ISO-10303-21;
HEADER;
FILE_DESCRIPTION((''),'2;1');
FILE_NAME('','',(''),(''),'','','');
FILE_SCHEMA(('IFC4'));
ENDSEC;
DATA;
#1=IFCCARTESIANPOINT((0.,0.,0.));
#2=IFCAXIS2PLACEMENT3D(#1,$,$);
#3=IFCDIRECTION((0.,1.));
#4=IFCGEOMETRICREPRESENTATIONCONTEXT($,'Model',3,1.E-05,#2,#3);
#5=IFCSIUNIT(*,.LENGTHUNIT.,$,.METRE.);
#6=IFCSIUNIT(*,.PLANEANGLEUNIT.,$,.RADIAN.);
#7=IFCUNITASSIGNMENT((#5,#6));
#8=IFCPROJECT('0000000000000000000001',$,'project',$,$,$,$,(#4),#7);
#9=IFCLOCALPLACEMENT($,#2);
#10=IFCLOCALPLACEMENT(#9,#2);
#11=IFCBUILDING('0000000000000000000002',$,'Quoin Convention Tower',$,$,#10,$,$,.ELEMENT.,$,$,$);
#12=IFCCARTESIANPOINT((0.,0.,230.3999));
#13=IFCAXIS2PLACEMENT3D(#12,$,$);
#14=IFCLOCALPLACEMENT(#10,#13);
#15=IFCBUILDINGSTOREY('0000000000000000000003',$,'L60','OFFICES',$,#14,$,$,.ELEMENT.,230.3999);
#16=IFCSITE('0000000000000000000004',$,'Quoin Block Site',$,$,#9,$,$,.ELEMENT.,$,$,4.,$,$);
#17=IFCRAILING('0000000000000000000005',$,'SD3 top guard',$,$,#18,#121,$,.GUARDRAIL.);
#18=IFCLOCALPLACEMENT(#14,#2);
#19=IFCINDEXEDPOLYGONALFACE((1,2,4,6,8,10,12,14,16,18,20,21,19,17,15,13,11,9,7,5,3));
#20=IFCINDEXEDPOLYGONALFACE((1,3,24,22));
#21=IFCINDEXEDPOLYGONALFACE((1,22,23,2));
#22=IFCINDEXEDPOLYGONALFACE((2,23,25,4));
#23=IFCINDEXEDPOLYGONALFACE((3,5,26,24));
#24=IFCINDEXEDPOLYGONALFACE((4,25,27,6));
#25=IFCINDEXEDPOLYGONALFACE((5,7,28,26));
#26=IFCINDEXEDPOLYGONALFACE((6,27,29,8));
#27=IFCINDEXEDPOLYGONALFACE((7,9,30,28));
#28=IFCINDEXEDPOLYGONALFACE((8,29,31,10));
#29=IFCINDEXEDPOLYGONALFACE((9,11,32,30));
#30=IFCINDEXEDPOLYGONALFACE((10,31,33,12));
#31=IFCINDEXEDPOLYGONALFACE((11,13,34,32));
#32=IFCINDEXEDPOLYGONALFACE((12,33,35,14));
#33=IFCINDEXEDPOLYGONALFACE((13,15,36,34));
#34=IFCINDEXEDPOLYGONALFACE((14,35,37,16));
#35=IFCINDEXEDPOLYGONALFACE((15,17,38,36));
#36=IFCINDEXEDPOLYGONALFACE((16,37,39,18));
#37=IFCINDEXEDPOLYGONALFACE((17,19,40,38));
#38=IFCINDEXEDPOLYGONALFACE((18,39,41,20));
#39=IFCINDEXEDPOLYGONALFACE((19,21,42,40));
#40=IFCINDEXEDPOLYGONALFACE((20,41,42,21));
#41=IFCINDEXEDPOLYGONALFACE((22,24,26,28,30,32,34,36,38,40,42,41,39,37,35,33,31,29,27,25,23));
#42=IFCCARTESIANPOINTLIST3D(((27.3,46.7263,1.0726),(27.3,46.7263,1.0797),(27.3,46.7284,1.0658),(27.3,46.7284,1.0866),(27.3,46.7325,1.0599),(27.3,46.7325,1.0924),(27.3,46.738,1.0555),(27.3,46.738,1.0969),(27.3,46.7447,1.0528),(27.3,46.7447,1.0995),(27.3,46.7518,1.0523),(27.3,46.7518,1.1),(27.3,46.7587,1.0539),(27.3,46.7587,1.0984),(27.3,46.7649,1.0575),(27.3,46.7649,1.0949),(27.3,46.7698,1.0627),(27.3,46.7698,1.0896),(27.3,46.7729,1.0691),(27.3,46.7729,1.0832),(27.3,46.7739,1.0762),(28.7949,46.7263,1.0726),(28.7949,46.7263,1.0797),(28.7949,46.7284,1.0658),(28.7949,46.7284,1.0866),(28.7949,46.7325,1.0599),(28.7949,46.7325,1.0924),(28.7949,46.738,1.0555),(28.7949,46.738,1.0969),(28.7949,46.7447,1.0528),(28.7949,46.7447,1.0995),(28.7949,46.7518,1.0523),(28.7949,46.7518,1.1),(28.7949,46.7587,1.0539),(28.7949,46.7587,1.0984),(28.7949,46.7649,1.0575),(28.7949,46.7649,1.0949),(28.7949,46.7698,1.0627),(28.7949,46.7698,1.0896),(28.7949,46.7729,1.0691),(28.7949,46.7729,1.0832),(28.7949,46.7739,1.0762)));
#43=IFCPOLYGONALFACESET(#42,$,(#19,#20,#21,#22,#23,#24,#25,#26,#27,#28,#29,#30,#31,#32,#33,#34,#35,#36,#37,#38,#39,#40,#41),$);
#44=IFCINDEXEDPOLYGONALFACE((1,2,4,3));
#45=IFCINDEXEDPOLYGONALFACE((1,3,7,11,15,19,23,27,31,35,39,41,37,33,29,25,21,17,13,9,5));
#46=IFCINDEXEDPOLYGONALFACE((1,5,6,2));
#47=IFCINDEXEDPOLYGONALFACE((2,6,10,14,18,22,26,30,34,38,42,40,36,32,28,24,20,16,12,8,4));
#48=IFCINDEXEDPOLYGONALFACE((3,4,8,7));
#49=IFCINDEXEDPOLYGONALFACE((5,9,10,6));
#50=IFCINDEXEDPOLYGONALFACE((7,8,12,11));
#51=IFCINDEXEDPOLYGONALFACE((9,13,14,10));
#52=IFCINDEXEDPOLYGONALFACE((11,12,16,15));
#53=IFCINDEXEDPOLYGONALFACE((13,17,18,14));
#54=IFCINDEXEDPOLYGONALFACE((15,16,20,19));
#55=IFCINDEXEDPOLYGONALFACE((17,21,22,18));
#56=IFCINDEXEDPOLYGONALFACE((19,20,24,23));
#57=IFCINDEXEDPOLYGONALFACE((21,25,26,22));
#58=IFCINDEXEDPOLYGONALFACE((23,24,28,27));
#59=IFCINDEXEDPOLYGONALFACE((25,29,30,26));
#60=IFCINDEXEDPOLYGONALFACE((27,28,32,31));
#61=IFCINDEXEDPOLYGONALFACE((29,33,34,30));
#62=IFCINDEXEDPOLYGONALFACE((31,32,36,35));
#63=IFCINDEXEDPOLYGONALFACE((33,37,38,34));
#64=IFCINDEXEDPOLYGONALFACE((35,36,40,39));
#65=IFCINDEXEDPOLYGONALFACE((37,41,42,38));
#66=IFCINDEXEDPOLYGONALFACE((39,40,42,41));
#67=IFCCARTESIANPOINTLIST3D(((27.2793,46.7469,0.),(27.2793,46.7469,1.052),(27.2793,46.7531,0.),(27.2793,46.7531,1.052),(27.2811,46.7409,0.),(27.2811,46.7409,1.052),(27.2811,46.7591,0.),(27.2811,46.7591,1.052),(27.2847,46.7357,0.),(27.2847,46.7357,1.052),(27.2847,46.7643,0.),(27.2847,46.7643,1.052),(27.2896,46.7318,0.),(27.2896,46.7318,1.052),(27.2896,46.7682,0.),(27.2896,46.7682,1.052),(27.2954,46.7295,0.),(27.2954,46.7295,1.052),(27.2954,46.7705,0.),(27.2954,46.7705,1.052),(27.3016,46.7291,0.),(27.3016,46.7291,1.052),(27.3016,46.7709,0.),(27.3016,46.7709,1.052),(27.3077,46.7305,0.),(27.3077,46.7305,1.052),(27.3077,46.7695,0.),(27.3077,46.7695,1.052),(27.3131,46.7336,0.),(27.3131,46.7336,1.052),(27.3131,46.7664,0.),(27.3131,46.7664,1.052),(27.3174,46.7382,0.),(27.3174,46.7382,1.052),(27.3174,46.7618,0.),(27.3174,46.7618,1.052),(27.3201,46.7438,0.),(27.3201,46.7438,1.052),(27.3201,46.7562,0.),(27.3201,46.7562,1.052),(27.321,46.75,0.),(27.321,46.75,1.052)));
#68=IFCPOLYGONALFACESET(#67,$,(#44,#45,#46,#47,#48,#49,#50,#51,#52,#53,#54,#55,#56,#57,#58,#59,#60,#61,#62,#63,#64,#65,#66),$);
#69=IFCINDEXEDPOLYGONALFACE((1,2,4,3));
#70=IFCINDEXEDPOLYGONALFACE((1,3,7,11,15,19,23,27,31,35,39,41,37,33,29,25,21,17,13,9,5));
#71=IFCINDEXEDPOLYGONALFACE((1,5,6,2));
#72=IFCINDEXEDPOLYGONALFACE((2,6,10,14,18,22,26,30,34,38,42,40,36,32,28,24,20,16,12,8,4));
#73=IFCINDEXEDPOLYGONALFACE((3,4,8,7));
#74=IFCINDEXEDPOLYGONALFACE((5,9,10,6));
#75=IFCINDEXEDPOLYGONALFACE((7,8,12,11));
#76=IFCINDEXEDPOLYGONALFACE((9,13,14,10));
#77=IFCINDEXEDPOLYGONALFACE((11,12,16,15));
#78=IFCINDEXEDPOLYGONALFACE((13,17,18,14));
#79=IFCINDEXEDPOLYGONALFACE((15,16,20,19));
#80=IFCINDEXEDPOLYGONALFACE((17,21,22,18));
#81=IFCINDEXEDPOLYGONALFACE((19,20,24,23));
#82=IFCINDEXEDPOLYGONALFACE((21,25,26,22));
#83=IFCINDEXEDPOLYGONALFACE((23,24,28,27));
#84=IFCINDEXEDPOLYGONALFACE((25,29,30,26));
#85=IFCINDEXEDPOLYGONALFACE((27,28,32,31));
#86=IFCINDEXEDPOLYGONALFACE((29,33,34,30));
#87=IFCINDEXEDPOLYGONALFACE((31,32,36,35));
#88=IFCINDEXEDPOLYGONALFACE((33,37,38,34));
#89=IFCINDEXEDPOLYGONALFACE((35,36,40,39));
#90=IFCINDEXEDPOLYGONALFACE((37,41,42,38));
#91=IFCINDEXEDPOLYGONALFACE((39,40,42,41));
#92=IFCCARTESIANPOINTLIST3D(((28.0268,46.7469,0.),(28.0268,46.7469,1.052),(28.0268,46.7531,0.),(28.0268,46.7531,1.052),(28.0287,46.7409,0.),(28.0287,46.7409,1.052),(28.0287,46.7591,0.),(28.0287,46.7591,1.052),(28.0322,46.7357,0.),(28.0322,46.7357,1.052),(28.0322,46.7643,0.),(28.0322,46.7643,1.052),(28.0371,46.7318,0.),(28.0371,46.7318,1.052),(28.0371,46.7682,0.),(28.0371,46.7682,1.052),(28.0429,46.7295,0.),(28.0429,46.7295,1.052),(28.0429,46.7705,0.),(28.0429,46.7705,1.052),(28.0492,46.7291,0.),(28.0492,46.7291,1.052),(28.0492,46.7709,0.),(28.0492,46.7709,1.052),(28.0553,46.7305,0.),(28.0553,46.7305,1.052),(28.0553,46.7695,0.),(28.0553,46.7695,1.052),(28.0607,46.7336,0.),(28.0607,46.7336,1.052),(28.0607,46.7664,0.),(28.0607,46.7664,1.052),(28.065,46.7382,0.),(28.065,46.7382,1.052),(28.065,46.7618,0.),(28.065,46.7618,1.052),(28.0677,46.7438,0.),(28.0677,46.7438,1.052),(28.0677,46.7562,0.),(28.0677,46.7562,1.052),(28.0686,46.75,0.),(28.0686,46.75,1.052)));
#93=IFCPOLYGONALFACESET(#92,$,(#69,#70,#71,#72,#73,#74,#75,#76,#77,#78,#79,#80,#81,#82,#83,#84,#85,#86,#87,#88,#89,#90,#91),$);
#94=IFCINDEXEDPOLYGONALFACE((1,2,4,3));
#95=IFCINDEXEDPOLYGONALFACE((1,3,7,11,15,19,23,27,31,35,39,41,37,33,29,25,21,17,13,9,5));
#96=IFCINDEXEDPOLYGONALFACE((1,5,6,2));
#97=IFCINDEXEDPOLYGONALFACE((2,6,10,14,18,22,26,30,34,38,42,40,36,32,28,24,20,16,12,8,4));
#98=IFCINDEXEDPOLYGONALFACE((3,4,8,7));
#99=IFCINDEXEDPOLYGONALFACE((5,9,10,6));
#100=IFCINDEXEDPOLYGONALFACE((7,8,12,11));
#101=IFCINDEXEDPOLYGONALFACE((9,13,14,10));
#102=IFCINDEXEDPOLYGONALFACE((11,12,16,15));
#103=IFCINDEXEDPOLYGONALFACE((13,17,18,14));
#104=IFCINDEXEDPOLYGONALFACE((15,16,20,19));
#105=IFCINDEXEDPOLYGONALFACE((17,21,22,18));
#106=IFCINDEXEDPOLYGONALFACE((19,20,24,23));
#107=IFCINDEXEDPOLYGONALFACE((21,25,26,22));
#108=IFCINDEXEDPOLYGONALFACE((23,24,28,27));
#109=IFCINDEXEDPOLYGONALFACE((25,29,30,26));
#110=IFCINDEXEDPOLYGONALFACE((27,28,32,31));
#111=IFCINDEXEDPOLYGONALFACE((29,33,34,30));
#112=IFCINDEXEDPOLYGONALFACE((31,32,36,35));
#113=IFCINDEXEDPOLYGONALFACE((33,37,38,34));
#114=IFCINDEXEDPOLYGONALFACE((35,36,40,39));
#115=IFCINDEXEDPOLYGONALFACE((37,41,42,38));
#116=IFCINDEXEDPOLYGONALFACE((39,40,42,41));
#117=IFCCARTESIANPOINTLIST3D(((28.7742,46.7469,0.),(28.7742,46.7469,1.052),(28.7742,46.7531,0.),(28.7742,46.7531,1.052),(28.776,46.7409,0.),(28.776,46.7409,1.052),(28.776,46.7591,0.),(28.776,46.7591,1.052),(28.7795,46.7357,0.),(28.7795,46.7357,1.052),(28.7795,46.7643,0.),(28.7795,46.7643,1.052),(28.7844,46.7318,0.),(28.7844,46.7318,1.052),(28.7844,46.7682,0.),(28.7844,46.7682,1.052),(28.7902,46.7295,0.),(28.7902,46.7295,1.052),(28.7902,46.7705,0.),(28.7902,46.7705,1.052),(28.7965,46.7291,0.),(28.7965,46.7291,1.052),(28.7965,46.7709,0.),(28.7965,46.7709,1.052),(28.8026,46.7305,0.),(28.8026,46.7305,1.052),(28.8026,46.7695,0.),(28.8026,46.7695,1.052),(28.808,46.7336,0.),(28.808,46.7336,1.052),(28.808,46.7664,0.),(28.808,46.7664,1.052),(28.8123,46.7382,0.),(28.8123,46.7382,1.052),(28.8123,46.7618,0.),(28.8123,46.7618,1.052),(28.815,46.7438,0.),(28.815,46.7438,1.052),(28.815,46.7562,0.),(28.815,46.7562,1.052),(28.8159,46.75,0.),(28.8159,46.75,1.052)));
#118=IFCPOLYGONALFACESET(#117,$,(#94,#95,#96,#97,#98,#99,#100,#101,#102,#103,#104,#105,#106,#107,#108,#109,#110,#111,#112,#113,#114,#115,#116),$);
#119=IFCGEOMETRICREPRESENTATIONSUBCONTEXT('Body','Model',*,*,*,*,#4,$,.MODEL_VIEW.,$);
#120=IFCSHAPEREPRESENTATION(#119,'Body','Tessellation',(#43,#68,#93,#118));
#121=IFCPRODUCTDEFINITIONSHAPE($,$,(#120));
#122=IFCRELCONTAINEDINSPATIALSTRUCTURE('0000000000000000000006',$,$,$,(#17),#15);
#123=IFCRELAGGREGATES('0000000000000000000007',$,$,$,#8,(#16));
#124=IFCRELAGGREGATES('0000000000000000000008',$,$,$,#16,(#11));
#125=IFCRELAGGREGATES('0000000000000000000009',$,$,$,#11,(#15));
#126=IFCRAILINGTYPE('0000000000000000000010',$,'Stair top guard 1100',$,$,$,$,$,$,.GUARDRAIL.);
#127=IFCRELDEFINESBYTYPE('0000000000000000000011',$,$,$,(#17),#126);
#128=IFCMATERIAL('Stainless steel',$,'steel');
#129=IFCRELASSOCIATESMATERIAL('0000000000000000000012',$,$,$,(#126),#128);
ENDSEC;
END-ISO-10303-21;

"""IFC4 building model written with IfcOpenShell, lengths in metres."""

from ifc_helpers import new_model, si_unit, direction, frame, origin, origin_2d, place, context, subcontext, project, spatial, circle, extrude, material, type_object, element, save


model = new_model("IFC4")

# Units and contexts
model_context = context("Model", 3, precision=1e-05, world=origin(), true_north=direction((0.0, 1.0)))
body_context = subcontext(model_context, "Body", "Model", "MODEL_VIEW")
ifc_project = project(units=[si_unit("LENGTHUNIT", "METRE"), si_unit("PLANEANGLEUNIT", "RADIAN")], contexts=[model_context])

# Site, building, storey
site_placement = place(None, origin())
site = spatial("IfcSite", under=ifc_project, at=site_placement, Name="Quoin Block Site", CompositionType="ELEMENT", RefElevation=4.0)
building_placement = place(site_placement, origin())
building = spatial("IfcBuilding", under=site, at=building_placement, Name="Quoin Convention Tower", CompositionType="ELEMENT")
storey_placement = place(building_placement, frame((0.0, 0.0, 230.3999)))
storey = spatial("IfcBuildingStorey", under=building, at=storey_placement, Name="L60", Description="OFFICES", CompositionType="ELEMENT", Elevation=230.3999)

# Railing
ifc_material_1 = material(Name="Stainless steel", Category="steel")
railing_type_1 = type_object("IfcRailingType", Name="Stair top guard 1100", PredefinedType="GUARDRAIL", material=ifc_material_1)
railing_1_placement = place(storey_placement, frame((27.3, 46.75, 0.0)))
element("IfcRailing", 1, at=railing_1_placement, inside=storey, type_object=railing_type_1, Name="SD3 top guard", PredefinedType="GUARDRAIL", context=body_context, shape_type="SweptSolid", body=[
    extrude(circle(Radius=0.0239, at=origin_2d()), frame((0.0, 0.0, 1.0762), z_axis=(1.0, 0.0, 0.0), x_axis=(0.0, 1.0, 0.0)), (0.0, 0.0, 1.0), 1.4949),
    extrude(circle(Radius=0.021, at=origin_2d()), origin(), (0.0, 0.0, 1.0), 1.052),
    extrude(circle(Radius=0.021, at=origin_2d()), frame((0.7476, 0.0, 0.0)), (0.0, 0.0, 1.0), 1.052),
    extrude(circle(Radius=0.021, at=origin_2d()), frame((1.4949, 0.0, 0.0)), (0.0, 0.0, 1.0), 1.052),
])

save(model, "model.ifc")
